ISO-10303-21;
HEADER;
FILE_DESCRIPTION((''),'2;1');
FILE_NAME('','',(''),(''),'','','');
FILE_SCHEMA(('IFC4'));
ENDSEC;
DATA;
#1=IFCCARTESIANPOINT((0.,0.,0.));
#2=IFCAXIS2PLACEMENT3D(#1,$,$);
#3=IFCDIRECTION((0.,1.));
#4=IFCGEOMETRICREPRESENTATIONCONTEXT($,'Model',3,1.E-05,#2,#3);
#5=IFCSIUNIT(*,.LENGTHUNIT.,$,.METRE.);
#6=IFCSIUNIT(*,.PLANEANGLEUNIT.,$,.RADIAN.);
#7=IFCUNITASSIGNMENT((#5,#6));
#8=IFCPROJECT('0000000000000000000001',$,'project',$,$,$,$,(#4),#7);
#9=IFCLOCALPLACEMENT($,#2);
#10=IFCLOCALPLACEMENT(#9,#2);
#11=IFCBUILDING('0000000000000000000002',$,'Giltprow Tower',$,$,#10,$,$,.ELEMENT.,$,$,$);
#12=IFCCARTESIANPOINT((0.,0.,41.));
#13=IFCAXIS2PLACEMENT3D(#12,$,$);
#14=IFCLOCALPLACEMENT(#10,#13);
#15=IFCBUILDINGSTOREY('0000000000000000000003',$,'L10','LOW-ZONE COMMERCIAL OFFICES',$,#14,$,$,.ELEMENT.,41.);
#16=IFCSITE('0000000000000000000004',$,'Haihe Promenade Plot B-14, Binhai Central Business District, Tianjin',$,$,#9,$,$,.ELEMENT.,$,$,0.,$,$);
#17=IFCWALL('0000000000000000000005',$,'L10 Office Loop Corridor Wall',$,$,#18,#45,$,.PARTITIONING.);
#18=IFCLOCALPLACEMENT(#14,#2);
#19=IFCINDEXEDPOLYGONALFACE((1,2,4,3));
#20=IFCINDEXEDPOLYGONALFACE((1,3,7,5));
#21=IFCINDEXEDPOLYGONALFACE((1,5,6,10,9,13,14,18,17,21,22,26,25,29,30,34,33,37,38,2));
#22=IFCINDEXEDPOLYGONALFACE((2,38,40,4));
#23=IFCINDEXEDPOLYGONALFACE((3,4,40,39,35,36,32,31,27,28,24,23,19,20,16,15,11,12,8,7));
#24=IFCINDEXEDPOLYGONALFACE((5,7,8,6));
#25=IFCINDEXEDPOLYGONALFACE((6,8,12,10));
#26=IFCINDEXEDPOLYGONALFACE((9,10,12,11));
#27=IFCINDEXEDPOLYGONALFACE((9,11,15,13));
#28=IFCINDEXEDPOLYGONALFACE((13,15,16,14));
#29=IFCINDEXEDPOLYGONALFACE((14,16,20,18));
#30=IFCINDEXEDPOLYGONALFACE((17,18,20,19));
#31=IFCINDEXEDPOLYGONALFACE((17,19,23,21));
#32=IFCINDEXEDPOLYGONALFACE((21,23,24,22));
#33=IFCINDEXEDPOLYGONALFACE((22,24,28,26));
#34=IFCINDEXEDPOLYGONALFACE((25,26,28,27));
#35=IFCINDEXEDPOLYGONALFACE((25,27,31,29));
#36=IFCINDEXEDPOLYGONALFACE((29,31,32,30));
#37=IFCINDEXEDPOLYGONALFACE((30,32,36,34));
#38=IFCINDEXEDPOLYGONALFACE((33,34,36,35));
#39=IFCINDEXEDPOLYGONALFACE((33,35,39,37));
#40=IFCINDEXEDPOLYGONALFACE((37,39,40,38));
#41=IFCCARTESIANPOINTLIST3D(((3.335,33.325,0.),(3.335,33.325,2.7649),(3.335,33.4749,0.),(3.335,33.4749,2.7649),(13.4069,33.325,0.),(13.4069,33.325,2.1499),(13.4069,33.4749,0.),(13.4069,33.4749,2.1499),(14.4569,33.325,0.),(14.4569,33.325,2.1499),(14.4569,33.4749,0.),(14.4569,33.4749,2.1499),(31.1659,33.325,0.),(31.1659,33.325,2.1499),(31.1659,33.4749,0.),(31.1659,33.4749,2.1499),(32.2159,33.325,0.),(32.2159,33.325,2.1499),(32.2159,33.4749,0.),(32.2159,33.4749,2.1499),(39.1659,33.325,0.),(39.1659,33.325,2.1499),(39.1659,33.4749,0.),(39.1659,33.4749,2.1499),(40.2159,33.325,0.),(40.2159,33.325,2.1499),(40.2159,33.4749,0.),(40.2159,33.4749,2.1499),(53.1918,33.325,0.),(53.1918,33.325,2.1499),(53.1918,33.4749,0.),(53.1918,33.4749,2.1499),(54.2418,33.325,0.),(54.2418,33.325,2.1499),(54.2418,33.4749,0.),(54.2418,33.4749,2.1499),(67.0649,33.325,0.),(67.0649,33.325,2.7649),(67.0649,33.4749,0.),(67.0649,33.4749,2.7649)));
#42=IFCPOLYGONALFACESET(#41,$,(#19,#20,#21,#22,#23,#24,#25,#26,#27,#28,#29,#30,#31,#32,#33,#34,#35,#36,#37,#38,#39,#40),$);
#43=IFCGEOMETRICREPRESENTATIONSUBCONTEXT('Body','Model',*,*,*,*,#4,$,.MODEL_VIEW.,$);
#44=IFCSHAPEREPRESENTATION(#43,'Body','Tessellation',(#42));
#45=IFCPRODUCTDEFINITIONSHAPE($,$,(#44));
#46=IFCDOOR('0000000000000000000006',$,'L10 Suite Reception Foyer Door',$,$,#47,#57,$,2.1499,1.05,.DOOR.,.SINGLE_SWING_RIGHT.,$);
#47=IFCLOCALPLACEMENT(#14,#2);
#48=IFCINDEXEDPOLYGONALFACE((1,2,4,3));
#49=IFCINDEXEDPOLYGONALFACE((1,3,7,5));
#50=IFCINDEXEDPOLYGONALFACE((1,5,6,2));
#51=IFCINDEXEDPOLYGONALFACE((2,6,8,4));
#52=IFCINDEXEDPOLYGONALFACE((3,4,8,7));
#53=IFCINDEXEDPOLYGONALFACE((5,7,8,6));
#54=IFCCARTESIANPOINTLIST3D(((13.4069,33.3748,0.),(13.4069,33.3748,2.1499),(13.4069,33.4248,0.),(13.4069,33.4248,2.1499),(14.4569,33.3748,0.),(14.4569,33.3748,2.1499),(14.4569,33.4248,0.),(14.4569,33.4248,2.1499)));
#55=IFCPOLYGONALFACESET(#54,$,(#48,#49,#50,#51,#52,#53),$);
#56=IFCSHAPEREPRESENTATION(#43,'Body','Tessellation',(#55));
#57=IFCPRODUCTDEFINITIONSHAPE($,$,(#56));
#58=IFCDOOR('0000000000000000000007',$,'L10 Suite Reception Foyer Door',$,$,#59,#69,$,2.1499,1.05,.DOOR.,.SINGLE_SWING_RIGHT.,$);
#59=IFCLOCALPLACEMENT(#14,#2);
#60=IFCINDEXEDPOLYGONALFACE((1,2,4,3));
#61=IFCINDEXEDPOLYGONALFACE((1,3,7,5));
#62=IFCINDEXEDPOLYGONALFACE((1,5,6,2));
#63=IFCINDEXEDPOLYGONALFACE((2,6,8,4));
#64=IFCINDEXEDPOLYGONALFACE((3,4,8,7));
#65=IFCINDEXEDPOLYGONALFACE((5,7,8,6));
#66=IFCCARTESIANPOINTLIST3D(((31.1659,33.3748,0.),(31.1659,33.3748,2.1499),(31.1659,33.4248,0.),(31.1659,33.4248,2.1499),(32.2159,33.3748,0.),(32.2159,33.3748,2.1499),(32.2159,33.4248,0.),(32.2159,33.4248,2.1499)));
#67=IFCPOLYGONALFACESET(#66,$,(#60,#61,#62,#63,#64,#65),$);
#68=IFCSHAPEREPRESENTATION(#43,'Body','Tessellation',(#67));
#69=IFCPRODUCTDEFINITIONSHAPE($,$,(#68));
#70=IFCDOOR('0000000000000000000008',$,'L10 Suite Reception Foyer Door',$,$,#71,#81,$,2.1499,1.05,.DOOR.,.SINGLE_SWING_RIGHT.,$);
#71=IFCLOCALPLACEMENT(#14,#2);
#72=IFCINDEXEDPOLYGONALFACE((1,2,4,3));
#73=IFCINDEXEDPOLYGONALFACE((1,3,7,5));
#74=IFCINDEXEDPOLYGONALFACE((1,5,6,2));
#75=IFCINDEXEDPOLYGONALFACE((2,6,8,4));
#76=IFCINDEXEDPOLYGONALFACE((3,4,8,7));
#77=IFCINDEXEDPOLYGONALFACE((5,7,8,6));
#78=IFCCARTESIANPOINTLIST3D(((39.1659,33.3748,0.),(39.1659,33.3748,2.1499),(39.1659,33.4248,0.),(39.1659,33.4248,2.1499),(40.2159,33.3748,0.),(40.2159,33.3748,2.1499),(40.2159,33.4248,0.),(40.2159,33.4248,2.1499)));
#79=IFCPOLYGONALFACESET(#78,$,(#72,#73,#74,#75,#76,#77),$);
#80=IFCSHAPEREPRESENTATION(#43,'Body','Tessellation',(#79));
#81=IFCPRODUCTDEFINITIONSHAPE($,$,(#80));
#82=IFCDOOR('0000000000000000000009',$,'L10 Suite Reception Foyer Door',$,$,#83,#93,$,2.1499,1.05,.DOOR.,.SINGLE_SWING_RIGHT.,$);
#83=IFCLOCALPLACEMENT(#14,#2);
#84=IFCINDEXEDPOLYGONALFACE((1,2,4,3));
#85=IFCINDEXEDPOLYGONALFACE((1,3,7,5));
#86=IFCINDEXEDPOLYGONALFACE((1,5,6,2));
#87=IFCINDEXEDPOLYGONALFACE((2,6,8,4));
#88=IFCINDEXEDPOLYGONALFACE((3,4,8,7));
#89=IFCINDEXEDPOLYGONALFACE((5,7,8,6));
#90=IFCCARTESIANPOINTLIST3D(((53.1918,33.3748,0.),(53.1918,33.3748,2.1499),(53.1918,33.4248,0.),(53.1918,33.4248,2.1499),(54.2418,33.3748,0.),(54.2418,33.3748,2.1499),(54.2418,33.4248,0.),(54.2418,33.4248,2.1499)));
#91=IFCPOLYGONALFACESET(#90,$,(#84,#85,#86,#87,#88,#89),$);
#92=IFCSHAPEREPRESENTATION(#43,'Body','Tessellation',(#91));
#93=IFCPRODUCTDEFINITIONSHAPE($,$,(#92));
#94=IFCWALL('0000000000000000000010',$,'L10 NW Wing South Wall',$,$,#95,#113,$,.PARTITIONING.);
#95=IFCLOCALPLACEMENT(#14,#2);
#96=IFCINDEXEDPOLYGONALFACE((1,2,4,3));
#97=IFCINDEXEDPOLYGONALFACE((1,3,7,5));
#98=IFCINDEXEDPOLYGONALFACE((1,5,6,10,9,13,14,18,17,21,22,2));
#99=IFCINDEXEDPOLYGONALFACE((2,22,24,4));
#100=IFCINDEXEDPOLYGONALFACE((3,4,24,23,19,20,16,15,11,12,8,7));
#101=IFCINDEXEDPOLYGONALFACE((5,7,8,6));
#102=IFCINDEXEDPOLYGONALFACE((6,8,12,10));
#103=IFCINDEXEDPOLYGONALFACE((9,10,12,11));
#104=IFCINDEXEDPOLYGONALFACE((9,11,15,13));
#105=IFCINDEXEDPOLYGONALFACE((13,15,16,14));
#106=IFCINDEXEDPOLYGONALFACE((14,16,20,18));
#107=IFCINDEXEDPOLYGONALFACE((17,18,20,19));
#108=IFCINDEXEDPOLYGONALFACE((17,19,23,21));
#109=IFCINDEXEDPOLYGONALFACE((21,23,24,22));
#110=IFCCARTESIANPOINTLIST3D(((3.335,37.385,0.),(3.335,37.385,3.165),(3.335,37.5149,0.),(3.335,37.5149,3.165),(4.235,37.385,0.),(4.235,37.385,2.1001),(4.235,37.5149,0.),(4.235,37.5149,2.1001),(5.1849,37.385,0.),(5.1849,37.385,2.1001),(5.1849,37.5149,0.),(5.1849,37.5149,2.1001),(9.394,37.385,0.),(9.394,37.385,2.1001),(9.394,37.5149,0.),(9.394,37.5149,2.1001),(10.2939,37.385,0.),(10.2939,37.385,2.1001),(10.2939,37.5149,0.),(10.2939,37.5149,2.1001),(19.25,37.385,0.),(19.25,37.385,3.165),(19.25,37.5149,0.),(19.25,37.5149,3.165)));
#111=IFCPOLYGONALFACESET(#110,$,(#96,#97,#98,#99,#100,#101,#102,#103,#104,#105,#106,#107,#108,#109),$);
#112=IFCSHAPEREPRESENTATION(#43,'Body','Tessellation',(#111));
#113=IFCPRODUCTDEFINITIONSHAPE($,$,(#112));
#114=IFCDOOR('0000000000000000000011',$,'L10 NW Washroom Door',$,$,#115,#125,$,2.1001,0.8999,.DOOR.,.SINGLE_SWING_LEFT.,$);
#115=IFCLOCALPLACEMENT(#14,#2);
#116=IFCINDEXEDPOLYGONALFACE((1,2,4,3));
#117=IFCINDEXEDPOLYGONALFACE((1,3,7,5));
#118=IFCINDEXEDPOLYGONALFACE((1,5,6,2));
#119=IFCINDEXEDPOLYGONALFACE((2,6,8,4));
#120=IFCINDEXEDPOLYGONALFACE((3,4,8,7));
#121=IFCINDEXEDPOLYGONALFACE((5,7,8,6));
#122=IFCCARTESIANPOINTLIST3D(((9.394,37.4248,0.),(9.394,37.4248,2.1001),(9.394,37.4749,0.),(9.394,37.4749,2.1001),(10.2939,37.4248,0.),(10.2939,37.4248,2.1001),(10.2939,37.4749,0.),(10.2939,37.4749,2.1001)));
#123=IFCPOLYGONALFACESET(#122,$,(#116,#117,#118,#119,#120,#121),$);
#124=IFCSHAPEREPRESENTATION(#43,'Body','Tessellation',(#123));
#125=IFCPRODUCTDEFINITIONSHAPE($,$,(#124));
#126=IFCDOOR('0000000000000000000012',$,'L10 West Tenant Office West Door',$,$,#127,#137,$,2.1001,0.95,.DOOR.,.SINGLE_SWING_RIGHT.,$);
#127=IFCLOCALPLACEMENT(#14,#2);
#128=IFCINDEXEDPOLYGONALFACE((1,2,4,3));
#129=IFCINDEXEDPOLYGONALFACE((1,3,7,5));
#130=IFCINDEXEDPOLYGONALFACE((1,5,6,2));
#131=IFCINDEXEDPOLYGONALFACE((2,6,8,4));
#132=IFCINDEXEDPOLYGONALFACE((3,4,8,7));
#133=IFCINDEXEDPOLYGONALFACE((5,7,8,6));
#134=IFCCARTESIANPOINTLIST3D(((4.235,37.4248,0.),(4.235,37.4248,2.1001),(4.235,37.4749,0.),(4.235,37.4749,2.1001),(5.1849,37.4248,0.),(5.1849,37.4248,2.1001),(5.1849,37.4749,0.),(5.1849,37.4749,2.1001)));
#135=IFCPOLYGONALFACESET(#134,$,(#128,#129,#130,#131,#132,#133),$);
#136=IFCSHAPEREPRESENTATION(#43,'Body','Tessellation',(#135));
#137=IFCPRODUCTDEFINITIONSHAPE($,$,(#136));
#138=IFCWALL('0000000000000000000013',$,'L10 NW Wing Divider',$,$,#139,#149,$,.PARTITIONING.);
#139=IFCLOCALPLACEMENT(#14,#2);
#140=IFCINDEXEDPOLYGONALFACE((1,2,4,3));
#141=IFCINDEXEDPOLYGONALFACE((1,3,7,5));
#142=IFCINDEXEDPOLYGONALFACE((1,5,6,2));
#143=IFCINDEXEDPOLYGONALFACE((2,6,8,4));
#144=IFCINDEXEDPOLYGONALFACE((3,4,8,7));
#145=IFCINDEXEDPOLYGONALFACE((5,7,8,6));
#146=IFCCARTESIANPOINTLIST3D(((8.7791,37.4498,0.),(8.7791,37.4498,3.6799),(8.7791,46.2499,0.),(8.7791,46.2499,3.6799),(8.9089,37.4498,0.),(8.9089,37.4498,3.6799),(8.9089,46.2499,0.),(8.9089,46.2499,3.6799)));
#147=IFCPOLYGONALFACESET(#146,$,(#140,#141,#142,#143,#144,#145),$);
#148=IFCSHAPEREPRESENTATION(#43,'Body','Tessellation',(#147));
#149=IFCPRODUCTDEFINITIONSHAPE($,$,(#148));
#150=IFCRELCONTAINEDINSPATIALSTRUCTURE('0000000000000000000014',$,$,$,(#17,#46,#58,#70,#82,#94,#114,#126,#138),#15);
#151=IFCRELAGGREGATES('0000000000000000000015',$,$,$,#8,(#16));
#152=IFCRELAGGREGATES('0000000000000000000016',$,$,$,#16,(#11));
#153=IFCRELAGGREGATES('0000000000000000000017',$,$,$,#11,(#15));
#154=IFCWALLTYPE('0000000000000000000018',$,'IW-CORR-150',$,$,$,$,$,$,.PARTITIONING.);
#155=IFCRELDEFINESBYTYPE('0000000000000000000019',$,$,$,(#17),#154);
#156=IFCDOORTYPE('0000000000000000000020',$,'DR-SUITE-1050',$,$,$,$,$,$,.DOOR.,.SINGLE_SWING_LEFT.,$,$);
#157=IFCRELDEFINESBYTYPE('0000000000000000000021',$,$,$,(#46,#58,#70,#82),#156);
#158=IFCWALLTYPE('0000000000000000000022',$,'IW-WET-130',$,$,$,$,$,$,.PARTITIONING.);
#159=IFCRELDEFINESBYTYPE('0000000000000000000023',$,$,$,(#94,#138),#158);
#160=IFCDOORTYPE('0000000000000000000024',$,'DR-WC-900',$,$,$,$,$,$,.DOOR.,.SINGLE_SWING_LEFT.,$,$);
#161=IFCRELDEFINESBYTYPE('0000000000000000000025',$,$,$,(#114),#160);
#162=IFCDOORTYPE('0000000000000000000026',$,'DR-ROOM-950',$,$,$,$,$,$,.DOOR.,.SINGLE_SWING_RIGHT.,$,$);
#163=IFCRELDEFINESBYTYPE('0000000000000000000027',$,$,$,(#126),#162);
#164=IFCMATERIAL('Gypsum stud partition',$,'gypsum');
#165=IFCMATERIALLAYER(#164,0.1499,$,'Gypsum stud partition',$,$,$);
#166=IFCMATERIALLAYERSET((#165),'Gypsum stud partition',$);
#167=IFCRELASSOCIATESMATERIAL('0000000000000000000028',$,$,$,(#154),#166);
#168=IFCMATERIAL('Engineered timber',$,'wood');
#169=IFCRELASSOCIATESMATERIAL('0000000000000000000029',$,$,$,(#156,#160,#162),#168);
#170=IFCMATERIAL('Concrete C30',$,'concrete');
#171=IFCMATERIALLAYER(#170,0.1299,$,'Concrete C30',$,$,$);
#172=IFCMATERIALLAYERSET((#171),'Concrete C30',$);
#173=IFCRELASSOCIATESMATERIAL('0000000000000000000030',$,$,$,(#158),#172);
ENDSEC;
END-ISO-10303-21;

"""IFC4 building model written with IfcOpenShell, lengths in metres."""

from ifc_helpers import new_model, si_unit, direction, frame, frame_2d, origin, place, context, subcontext, project, spatial, rectangle, extrude, source, transform, mapped, material, layer, layer_set, type_object, element, fill, save


model = new_model("IFC4")

# Units and contexts
model_context = context("Model", 3, precision=1e-05, world=origin(), true_north=direction((0.0, 1.0)))
body_context = subcontext(model_context, "Body", "Model", "MODEL_VIEW")
ifc_project = project(units=[si_unit("LENGTHUNIT", "METRE"), si_unit("PLANEANGLEUNIT", "RADIAN")], contexts=[model_context])

# Site, building, storey
site_placement = place(None, origin())
site = spatial("IfcSite", under=ifc_project, at=site_placement, Name="Haihe Promenade Plot B-14, Binhai Central Business District, Tianjin", CompositionType="ELEMENT", RefElevation=0.0)
building_placement = place(site_placement, origin())
building = spatial("IfcBuilding", under=site, at=building_placement, Name="Giltprow Tower", CompositionType="ELEMENT")
storey_placement = place(building_placement, frame((0.0, 0.0, 41.0)))
storey = spatial("IfcBuildingStorey", under=building, at=storey_placement, Name="L10", Description="LOW-ZONE COMMERCIAL OFFICES", CompositionType="ELEMENT", Elevation=41.0)

# Walls, openings, doors
ifc_material_1 = material(Name="Gypsum stud partition", Category="gypsum")
ifc_layer_1 = layer(ifc_material_1, 0.1499, Name="Gypsum stud partition")
ifc_layer_set_1 = layer_set([ifc_layer_1], Name="Gypsum stud partition")
wall_type_1 = type_object("IfcWallType", Name="IW-CORR-150", PredefinedType="PARTITIONING", material=ifc_layer_set_1)
wall_1_placement = place(storey_placement, frame((3.335, 33.3999, 0.0), z_axis=(0.0, 0.0, 1.0), x_axis=(1.0, 0.0, 0.0)))
wall_1 = element("IfcWall", 1, at=wall_1_placement, inside=storey, type_object=wall_type_1, Name="L10 Office Loop Corridor Wall", PredefinedType="PARTITIONING", context=body_context, shape_type="SweptSolid", body=[
    extrude(rectangle(XDim=63.73, YDim=0.1499, at=frame_2d((31.865, 0.0))), origin(), (0.0, 0.0, 1.0), 2.7649),
])
opening_1_placement = place(wall_1_placement, frame((10.072, 0.0, 0.0)))
opening_1 = element("IfcOpeningElement", 2, at=opening_1_placement, cuts=wall_1, PredefinedType="OPENING", context=body_context, shape_type="SweptSolid", body=[
    extrude(rectangle(XDim=1.05, YDim=2.1499, at=frame_2d((0.5249, 1.075))), frame((0.0, 0.085, 0.0), z_axis=(0.0, -1.0, 0.0), x_axis=(1.0, 0.0, 0.0)), (0.0, 0.0, 1.0), 0.1699),
])
opening_2_placement = place(wall_1_placement, frame((27.8311, 0.0, 0.0)))
opening_2 = element("IfcOpeningElement", 3, at=opening_2_placement, cuts=wall_1, PredefinedType="OPENING", context=body_context, shape_type="SweptSolid", body=[
    extrude(rectangle(XDim=1.05, YDim=2.1499, at=frame_2d((0.5249, 1.075))), frame((0.0, 0.085, 0.0), z_axis=(0.0, -1.0, 0.0), x_axis=(1.0, 0.0, 0.0)), (0.0, 0.0, 1.0), 0.1699),
])
opening_3_placement = place(wall_1_placement, frame((35.8311, 0.0, 0.0)))
opening_3 = element("IfcOpeningElement", 4, at=opening_3_placement, cuts=wall_1, PredefinedType="OPENING", context=body_context, shape_type="SweptSolid", body=[
    extrude(rectangle(XDim=1.05, YDim=2.1499, at=frame_2d((0.5249, 1.075))), frame((0.0, 0.085, 0.0), z_axis=(0.0, -1.0, 0.0), x_axis=(1.0, 0.0, 0.0)), (0.0, 0.0, 1.0), 0.1699),
])
opening_4_placement = place(wall_1_placement, frame((49.8569, 0.0, 0.0)))
opening_4 = element("IfcOpeningElement", 5, at=opening_4_placement, cuts=wall_1, PredefinedType="OPENING", context=body_context, shape_type="SweptSolid", body=[
    extrude(rectangle(XDim=1.05, YDim=2.1499, at=frame_2d((0.5249, 1.075))), frame((0.0, 0.085, 0.0), z_axis=(0.0, -1.0, 0.0), x_axis=(1.0, 0.0, 0.0)), (0.0, 0.0, 1.0), 0.1699),
])
ifc_material_2 = material(Name="Engineered timber", Category="wood")
door_type_1 = type_object("IfcDoorType", Name="DR-SUITE-1050", OperationType="SINGLE_SWING_LEFT", PredefinedType="DOOR", material=ifc_material_2)
shared_shape_1 = source(origin(), body_context, "Body", "SweptSolid", [
    extrude(rectangle(XDim=1.05, YDim=2.1499, at=frame_2d((0.5249, 1.075))), frame((0.0, 0.0249, 0.0), z_axis=(0.0, -1.0, 0.0), x_axis=(1.0, 0.0, 0.0)), (0.0, 0.0, 1.0), 0.05),
])
door_1_placement = place(opening_1_placement, origin())
door_1 = element("IfcDoor", 6, at=door_1_placement, inside=storey, type_object=door_type_1, Name="L10 Suite Reception Foyer Door", OperationType="SINGLE_SWING_RIGHT", OverallHeight=2.1499, OverallWidth=1.05, PredefinedType="DOOR", context=body_context, shape_type="MappedRepresentation", body=[
    mapped(shared_shape_1, transform((0.0, 0.0, 0.0), x_axis=(1.0, 0.0, 0.0), y_axis=(0.0, 1.0, 0.0), z_axis=(0.0, 0.0, 1.0), scale=1.0)),
])
fill(opening_1, door_1)
door_2_placement = place(opening_2_placement, origin())
door_2 = element("IfcDoor", 7, at=door_2_placement, inside=storey, type_object=door_type_1, Name="L10 Suite Reception Foyer Door", OperationType="SINGLE_SWING_RIGHT", OverallHeight=2.1499, OverallWidth=1.05, PredefinedType="DOOR", context=body_context, shape_type="MappedRepresentation", body=[
    mapped(shared_shape_1, transform((0.0, 0.0, 0.0), x_axis=(1.0, 0.0, 0.0), y_axis=(0.0, 1.0, 0.0), z_axis=(0.0, 0.0, 1.0), scale=1.0)),
])
fill(opening_2, door_2)
door_3_placement = place(opening_3_placement, origin())
door_3 = element("IfcDoor", 8, at=door_3_placement, inside=storey, type_object=door_type_1, Name="L10 Suite Reception Foyer Door", OperationType="SINGLE_SWING_RIGHT", OverallHeight=2.1499, OverallWidth=1.05, PredefinedType="DOOR", context=body_context, shape_type="MappedRepresentation", body=[
    mapped(shared_shape_1, transform((0.0, 0.0, 0.0), x_axis=(1.0, 0.0, 0.0), y_axis=(0.0, 1.0, 0.0), z_axis=(0.0, 0.0, 1.0), scale=1.0)),
])
fill(opening_3, door_3)
door_4_placement = place(opening_4_placement, origin())
door_4 = element("IfcDoor", 9, at=door_4_placement, inside=storey, type_object=door_type_1, Name="L10 Suite Reception Foyer Door", OperationType="SINGLE_SWING_RIGHT", OverallHeight=2.1499, OverallWidth=1.05, PredefinedType="DOOR", context=body_context, shape_type="MappedRepresentation", body=[
    mapped(shared_shape_1, transform((0.0, 0.0, 0.0), x_axis=(1.0, 0.0, 0.0), y_axis=(0.0, 1.0, 0.0), z_axis=(0.0, 0.0, 1.0), scale=1.0)),
])
fill(opening_4, door_4)
ifc_material_3 = material(Name="Concrete C30", Category="concrete")
ifc_layer_2 = layer(ifc_material_3, 0.1299, Name="Concrete C30")
ifc_layer_set_2 = layer_set([ifc_layer_2], Name="Concrete C30")
wall_type_2 = type_object("IfcWallType", Name="IW-WET-130", PredefinedType="PARTITIONING", material=ifc_layer_set_2)
wall_2_placement = place(storey_placement, frame((3.335, 37.45, 0.0), z_axis=(0.0, 0.0, 1.0), x_axis=(1.0, 0.0, 0.0)))
wall_2 = element("IfcWall", 10, at=wall_2_placement, inside=storey, type_object=wall_type_2, Name="L10 NW Wing South Wall", PredefinedType="PARTITIONING", context=body_context, shape_type="SweptSolid", body=[
    extrude(rectangle(XDim=15.915, YDim=0.1299, at=frame_2d((7.9575, 0.0))), origin(), (0.0, 0.0, 1.0), 3.165),
])
opening_5_placement = place(wall_2_placement, frame((0.8999, 0.0, 0.0)))
opening_5 = element("IfcOpeningElement", 11, at=opening_5_placement, cuts=wall_2, PredefinedType="OPENING", context=body_context, shape_type="SweptSolid", body=[
    extrude(rectangle(XDim=0.95, YDim=2.1001, at=frame_2d((0.4751, 1.05))), frame((0.0, 0.075, 0.0), z_axis=(0.0, -1.0, 0.0), x_axis=(1.0, 0.0, 0.0)), (0.0, 0.0, 1.0), 0.1499),
])
opening_6_placement = place(wall_2_placement, frame((6.0591, 0.0, 0.0)))
opening_6 = element("IfcOpeningElement", 12, at=opening_6_placement, cuts=wall_2, PredefinedType="OPENING", context=body_context, shape_type="SweptSolid", body=[
    extrude(rectangle(XDim=0.8999, YDim=2.1001, at=frame_2d((0.45, 1.05))), frame((0.0, 0.075, 0.0), z_axis=(0.0, -1.0, 0.0), x_axis=(1.0, 0.0, 0.0)), (0.0, 0.0, 1.0), 0.1499),
])
door_type_2 = type_object("IfcDoorType", Name="DR-WC-900", OperationType="SINGLE_SWING_LEFT", PredefinedType="DOOR", material=ifc_material_2)
shared_shape_2 = source(origin(), body_context, "Body", "SweptSolid", [
    extrude(rectangle(XDim=0.8999, YDim=2.1001, at=frame_2d((0.45, 1.05))), frame((0.0, 0.0249, 0.0), z_axis=(0.0, -1.0, 0.0), x_axis=(1.0, 0.0, 0.0)), (0.0, 0.0, 1.0), 0.05),
])
door_5_placement = place(opening_6_placement, origin())
door_5 = element("IfcDoor", 13, at=door_5_placement, inside=storey, type_object=door_type_2, Name="L10 NW Washroom Door", OperationType="SINGLE_SWING_LEFT", OverallHeight=2.1001, OverallWidth=0.8999, PredefinedType="DOOR", context=body_context, shape_type="MappedRepresentation", body=[
    mapped(shared_shape_2, transform((0.0, 0.0, 0.0), x_axis=(1.0, 0.0, 0.0), y_axis=(0.0, 1.0, 0.0), z_axis=(0.0, 0.0, 1.0), scale=1.0)),
])
fill(opening_6, door_5)
door_type_3 = type_object("IfcDoorType", Name="DR-ROOM-950", OperationType="SINGLE_SWING_RIGHT", PredefinedType="DOOR", material=ifc_material_2)
shared_shape_3 = source(origin(), body_context, "Body", "SweptSolid", [
    extrude(rectangle(XDim=0.95, YDim=2.1001, at=frame_2d((0.4751, 1.05))), frame((0.0, 0.0249, 0.0), z_axis=(0.0, -1.0, 0.0), x_axis=(1.0, 0.0, 0.0)), (0.0, 0.0, 1.0), 0.05),
])
door_6_placement = place(opening_5_placement, origin())
door_6 = element("IfcDoor", 14, at=door_6_placement, inside=storey, type_object=door_type_3, Name="L10 West Tenant Office West Door", OperationType="SINGLE_SWING_RIGHT", OverallHeight=2.1001, OverallWidth=0.95, PredefinedType="DOOR", context=body_context, shape_type="MappedRepresentation", body=[
    mapped(shared_shape_3, transform((0.0, 0.0, 0.0), x_axis=(1.0, 0.0, 0.0), y_axis=(0.0, 1.0, 0.0), z_axis=(0.0, 0.0, 1.0), scale=1.0)),
])
fill(opening_5, door_6)

# Wall
wall_3_placement = place(storey_placement, frame((8.844, 37.45, 0.0), z_axis=(0.0, 0.0, 1.0), x_axis=(0.0, 1.0, 0.0)))
element("IfcWall", 15, at=wall_3_placement, inside=storey, type_object=wall_type_2, Name="L10 NW Wing Divider", PredefinedType="PARTITIONING", context=body_context, shape_type="SweptSolid", body=[
    extrude(rectangle(XDim=8.8, YDim=0.1299, at=frame_2d((4.3999, 0.0))), origin(), (0.0, 0.0, 1.0), 3.6799),
])

save(model, "model.ifc")
